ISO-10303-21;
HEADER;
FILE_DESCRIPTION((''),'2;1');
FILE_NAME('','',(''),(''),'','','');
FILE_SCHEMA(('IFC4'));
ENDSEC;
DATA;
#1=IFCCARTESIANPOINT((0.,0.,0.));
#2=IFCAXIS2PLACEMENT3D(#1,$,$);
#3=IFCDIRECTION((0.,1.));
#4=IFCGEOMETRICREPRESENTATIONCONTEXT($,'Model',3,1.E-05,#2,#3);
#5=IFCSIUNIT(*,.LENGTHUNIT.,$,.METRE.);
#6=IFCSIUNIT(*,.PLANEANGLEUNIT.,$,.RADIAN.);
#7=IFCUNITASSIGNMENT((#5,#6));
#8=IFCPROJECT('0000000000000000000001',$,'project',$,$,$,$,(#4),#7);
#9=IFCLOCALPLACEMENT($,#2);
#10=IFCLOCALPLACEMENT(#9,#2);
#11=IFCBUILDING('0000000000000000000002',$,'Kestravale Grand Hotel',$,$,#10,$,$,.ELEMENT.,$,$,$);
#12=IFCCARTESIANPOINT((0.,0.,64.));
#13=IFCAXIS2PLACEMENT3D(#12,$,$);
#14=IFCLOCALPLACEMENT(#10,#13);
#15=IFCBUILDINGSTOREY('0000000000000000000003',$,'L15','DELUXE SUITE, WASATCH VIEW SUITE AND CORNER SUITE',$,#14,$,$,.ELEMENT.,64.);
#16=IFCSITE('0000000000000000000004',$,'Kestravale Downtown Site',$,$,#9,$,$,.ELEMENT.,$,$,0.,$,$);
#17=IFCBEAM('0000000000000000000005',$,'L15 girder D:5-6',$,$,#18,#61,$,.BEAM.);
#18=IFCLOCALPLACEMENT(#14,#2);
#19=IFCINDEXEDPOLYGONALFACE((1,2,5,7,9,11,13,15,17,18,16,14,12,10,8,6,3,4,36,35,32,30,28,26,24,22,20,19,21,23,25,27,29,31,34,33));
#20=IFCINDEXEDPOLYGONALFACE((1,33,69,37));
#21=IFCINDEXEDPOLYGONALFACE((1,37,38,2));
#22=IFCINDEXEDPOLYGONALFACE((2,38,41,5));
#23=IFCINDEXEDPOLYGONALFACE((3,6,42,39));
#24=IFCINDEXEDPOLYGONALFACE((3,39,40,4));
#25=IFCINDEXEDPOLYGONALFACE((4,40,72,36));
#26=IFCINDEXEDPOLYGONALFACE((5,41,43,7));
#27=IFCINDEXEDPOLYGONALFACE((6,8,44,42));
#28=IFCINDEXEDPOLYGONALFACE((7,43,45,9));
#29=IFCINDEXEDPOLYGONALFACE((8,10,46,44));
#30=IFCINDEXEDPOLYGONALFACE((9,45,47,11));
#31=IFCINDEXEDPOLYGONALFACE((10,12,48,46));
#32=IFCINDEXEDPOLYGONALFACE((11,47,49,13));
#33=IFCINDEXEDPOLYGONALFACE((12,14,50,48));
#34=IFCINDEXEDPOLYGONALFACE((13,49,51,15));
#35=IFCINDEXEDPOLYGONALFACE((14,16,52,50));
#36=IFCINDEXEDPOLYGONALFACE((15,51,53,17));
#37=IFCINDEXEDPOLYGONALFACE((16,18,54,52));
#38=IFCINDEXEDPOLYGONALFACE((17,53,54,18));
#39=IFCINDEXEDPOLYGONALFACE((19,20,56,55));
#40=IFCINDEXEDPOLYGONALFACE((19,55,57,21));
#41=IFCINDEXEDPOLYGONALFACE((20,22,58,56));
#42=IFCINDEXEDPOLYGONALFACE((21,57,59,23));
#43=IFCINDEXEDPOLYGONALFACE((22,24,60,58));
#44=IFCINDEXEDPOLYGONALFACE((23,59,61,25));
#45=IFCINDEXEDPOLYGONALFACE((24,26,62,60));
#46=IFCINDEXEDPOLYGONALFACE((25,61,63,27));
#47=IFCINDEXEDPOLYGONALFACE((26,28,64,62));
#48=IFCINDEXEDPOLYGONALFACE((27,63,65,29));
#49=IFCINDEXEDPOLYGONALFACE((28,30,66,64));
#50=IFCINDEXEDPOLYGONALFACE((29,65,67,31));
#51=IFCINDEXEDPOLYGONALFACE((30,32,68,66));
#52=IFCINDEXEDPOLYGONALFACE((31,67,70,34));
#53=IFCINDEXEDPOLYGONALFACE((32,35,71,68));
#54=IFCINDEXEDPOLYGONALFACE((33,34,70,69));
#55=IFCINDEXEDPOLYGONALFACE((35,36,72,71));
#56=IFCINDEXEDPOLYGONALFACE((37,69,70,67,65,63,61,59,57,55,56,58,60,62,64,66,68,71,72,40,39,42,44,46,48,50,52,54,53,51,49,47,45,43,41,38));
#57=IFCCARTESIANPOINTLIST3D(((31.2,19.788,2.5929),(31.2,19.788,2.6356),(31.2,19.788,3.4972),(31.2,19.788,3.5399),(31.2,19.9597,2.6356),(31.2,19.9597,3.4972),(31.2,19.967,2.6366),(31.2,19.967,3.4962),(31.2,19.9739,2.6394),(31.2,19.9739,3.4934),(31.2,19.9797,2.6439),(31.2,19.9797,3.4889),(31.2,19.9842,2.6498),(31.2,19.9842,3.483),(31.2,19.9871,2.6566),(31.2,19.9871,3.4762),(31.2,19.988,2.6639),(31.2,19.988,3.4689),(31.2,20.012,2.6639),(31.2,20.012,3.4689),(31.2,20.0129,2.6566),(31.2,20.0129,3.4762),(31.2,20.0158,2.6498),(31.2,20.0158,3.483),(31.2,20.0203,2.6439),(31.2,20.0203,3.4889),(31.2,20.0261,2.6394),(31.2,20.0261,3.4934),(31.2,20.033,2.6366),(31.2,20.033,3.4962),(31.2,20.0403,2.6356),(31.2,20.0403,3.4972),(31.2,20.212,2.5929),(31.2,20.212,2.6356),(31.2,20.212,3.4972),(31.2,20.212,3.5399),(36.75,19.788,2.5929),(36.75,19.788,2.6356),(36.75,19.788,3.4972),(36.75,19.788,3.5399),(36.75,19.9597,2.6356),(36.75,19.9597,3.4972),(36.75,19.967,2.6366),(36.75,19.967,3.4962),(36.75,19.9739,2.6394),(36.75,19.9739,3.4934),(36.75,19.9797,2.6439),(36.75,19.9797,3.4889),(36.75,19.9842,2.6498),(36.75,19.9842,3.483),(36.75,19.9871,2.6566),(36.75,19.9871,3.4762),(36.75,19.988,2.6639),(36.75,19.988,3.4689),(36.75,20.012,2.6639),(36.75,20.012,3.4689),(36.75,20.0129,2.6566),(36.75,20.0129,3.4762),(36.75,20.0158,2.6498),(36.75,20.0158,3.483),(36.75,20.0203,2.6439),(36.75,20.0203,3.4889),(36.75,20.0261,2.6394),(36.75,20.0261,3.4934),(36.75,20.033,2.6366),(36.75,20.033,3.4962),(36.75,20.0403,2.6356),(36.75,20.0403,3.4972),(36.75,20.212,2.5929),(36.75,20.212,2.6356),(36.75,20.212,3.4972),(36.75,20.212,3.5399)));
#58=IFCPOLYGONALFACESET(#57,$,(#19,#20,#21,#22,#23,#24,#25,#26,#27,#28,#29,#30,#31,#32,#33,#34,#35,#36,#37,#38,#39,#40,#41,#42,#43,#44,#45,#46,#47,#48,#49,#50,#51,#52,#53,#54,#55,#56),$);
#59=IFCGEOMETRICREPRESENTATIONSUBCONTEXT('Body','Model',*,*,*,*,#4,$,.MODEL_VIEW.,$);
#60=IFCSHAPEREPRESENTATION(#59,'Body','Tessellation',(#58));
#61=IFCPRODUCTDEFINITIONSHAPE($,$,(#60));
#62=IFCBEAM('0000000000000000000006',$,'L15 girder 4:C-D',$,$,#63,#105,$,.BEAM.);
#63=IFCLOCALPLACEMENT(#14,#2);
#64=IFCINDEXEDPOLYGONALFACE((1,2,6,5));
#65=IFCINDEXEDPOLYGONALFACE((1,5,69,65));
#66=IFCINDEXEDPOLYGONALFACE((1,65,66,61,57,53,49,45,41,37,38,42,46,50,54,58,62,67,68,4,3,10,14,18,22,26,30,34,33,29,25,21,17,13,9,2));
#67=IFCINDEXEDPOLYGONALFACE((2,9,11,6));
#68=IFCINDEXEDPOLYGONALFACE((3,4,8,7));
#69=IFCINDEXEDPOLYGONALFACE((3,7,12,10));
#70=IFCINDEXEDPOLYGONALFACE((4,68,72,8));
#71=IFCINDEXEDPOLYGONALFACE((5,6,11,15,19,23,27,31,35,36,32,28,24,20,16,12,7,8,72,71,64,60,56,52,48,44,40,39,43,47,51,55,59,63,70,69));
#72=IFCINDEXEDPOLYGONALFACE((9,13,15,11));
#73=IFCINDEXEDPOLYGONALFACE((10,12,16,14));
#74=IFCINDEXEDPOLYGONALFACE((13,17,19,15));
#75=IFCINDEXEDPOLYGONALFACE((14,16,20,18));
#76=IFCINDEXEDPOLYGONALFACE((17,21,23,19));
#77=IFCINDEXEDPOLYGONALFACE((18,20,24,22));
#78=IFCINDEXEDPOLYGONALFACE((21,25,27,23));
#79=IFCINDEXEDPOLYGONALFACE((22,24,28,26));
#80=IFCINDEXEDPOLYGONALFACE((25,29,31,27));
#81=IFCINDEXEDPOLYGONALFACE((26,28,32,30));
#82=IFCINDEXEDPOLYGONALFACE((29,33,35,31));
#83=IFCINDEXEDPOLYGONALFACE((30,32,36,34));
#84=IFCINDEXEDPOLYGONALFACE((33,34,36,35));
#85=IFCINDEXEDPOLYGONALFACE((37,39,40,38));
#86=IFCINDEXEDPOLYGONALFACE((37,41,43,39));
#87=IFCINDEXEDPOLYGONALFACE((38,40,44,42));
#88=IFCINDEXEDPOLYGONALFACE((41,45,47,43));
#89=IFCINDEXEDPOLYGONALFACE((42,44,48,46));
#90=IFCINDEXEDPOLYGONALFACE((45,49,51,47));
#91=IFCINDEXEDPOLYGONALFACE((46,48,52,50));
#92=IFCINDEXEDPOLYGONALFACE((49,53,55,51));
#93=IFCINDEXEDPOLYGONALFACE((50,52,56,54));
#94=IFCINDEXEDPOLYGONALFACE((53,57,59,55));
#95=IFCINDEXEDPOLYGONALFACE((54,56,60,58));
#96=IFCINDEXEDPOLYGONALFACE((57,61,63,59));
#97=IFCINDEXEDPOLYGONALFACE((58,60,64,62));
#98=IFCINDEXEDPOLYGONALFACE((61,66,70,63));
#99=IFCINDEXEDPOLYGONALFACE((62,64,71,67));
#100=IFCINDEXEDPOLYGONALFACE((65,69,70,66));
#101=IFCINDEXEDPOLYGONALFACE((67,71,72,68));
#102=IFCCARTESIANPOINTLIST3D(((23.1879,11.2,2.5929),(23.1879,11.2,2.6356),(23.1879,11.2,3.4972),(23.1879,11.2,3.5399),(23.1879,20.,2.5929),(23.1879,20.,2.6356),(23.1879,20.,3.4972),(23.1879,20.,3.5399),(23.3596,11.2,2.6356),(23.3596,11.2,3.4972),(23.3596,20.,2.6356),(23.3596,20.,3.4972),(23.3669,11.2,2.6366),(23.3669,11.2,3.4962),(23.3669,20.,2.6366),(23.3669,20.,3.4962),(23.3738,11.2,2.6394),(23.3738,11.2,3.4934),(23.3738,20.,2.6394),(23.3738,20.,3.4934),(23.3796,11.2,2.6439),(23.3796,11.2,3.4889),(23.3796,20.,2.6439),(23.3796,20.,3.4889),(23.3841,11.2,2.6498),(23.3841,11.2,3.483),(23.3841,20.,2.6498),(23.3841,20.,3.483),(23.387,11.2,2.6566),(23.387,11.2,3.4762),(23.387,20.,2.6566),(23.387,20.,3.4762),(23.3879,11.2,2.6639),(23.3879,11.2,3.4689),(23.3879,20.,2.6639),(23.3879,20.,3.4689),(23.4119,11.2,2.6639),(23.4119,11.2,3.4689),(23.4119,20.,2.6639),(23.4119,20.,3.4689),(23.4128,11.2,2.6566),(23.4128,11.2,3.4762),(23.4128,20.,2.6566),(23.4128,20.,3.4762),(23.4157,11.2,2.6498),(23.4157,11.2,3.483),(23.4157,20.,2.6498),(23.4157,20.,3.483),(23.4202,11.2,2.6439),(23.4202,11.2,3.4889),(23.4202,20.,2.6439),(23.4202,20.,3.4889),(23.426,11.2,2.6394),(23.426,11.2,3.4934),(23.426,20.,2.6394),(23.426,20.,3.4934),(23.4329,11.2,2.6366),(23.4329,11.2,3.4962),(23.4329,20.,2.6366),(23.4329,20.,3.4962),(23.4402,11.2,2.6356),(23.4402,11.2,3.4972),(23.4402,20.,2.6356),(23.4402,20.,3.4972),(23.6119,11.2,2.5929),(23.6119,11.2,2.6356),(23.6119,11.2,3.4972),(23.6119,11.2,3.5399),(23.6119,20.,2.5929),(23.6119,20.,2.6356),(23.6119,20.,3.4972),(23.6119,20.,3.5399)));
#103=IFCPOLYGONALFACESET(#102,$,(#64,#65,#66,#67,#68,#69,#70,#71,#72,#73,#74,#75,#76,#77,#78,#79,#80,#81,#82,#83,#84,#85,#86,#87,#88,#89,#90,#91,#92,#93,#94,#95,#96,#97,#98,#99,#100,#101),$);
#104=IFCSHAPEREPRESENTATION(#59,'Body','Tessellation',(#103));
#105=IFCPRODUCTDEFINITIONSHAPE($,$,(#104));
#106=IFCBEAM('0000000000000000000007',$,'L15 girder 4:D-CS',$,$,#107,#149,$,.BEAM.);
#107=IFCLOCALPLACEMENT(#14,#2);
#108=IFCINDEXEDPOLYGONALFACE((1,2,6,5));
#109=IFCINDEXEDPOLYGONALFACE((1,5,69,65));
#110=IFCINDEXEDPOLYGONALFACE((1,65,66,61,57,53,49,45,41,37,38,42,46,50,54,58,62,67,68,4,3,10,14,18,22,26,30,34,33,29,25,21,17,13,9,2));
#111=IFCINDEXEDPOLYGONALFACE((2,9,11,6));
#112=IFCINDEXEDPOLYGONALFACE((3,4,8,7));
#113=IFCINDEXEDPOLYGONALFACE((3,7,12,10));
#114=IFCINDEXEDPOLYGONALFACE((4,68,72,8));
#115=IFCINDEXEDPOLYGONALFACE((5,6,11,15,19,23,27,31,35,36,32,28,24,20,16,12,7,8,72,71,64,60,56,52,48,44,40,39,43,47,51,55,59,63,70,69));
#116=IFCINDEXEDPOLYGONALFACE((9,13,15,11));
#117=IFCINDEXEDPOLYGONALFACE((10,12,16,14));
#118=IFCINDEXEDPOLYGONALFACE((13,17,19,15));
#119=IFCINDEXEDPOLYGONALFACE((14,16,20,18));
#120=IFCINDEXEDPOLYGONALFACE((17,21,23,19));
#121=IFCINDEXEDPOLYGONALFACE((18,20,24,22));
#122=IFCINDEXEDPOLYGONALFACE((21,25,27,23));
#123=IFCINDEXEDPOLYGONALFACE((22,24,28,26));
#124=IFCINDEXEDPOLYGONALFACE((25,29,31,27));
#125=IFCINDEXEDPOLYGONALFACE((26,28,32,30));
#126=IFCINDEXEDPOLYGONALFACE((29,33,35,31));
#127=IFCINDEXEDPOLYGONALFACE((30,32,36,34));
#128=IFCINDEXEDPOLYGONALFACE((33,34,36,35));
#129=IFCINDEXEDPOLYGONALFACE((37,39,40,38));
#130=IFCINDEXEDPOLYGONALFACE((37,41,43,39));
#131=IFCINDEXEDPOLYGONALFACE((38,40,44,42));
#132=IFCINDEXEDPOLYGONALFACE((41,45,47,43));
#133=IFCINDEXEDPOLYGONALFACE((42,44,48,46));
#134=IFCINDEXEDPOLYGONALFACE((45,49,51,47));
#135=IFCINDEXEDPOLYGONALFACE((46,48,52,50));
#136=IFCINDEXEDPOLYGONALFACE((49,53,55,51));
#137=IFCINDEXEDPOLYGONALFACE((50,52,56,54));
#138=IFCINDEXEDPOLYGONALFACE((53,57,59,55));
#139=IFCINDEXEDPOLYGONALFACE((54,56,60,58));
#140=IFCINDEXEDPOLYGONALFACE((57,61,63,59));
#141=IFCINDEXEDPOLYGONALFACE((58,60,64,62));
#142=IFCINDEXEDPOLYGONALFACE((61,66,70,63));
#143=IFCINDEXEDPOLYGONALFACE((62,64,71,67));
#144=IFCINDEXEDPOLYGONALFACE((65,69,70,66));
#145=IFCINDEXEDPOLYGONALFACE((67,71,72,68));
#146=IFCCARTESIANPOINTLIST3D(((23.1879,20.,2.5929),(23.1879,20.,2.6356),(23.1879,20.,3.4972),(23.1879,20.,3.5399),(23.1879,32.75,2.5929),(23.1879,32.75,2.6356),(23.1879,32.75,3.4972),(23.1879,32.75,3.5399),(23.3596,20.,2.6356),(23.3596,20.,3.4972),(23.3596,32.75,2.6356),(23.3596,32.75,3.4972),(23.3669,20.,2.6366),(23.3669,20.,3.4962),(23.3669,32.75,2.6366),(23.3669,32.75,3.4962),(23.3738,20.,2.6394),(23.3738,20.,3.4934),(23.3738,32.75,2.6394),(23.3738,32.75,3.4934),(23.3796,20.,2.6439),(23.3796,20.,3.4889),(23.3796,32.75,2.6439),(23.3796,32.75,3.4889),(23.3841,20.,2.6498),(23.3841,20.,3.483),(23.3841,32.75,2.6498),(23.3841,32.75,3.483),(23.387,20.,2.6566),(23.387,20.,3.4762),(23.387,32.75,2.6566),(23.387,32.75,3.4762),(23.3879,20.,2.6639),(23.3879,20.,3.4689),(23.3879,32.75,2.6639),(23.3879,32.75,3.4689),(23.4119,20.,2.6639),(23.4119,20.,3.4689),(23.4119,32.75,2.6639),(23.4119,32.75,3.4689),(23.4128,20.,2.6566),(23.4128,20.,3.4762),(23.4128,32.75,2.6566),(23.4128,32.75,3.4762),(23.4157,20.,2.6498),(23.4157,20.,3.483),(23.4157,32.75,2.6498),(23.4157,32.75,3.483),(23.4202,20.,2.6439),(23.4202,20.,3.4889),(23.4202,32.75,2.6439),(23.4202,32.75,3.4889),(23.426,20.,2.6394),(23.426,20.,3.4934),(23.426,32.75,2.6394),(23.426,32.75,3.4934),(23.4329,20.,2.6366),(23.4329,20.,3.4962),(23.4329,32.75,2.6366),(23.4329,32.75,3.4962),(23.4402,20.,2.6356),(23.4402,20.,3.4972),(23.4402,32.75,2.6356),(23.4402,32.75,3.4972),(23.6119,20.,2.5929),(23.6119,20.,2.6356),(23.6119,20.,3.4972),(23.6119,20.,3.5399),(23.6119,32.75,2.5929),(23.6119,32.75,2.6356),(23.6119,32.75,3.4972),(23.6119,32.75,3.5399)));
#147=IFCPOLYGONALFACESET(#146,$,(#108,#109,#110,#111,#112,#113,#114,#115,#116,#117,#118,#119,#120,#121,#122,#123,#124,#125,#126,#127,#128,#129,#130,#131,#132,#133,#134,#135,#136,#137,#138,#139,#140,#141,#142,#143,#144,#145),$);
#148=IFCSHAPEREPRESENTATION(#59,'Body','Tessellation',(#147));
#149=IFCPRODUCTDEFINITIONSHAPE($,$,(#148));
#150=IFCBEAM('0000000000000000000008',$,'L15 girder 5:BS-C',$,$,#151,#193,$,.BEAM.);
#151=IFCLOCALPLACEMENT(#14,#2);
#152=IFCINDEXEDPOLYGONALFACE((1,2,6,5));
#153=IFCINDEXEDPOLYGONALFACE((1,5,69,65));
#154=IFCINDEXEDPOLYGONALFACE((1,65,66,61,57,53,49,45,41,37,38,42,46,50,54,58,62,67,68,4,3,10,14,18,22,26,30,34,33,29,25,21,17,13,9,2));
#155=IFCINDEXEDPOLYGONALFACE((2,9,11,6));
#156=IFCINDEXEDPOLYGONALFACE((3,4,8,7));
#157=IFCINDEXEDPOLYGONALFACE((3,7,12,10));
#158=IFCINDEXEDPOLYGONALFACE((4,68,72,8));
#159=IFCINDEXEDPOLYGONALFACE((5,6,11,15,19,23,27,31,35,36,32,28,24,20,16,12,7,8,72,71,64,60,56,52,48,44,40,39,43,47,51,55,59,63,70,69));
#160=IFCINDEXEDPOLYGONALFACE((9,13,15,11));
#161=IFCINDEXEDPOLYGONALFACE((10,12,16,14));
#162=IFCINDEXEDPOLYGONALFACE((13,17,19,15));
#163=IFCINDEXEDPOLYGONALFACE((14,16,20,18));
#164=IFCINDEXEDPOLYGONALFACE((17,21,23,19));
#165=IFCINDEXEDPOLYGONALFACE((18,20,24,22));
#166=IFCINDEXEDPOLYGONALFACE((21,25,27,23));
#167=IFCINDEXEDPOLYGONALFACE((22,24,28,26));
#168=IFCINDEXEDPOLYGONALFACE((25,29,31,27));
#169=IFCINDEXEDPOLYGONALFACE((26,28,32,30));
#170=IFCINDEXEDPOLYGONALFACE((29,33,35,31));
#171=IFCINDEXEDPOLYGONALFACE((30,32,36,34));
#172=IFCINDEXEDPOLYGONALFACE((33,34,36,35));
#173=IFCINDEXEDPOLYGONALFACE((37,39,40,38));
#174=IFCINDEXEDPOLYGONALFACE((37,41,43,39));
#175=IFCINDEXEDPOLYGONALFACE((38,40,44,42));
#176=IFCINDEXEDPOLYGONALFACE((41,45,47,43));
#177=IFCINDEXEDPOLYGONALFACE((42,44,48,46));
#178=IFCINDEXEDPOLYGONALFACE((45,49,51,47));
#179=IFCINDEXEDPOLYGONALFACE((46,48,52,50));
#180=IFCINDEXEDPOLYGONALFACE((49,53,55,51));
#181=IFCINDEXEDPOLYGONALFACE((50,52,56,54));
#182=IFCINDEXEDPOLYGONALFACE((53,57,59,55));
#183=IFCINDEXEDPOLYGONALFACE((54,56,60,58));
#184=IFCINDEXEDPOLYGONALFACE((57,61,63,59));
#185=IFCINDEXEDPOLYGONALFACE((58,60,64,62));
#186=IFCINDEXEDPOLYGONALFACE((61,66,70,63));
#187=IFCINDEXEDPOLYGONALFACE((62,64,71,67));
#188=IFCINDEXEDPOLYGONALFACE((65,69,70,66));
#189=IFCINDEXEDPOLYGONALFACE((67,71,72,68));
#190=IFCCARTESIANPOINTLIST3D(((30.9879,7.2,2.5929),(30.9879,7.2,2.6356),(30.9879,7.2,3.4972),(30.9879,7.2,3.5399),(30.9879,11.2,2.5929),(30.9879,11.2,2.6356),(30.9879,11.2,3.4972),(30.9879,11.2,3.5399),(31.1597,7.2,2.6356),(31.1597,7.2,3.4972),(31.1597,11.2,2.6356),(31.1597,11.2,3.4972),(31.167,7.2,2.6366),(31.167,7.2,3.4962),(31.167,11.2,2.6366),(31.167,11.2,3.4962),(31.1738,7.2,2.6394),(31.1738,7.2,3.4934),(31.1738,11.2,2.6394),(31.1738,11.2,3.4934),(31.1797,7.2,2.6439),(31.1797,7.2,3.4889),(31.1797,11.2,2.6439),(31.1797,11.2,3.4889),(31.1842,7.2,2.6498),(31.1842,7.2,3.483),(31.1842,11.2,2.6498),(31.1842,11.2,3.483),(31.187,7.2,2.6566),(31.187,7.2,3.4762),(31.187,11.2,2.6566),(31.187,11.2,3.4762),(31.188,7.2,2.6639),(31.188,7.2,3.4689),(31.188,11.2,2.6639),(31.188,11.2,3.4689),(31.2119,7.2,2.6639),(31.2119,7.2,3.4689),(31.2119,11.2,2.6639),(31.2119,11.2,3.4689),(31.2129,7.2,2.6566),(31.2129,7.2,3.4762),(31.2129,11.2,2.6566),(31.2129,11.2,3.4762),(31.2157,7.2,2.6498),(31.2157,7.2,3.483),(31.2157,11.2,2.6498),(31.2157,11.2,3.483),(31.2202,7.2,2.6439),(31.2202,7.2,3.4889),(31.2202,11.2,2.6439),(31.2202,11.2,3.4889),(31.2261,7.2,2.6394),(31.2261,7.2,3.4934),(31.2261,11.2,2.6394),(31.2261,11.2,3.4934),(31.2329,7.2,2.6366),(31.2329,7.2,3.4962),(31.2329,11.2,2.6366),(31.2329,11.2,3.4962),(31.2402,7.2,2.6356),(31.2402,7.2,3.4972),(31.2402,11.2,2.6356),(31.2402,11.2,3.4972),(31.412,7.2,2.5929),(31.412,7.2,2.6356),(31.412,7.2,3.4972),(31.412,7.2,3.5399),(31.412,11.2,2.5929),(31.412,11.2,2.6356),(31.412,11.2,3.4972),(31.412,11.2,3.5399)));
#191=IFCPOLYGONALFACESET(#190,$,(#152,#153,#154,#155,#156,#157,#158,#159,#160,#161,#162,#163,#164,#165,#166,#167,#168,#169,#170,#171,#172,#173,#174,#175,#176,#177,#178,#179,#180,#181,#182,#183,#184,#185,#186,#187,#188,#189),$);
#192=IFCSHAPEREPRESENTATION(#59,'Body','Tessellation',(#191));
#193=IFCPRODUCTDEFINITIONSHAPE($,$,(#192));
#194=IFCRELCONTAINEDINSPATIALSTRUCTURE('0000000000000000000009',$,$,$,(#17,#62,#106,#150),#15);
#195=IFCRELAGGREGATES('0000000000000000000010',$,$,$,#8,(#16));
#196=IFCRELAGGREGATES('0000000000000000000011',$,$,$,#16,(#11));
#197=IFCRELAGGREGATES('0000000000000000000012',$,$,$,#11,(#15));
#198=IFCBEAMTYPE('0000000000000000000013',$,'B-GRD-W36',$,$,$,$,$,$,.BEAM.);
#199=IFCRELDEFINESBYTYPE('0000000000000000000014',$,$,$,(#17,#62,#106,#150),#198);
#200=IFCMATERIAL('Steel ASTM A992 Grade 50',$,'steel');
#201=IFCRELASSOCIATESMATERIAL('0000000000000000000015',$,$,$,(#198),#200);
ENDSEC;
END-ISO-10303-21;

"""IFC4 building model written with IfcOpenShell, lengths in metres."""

from ifc_helpers import new_model, si_unit, direction, frame, origin, origin_2d, place, context, subcontext, project, spatial, i_section, extrude, material, material_profile, profile_set, type_object, element, save


model = new_model("IFC4")

# Units and contexts
model_context = context("Model", 3, precision=1e-05, world=origin(), true_north=direction((0.0, 1.0)))
body_context = subcontext(model_context, "Body", "Model", "MODEL_VIEW")
ifc_project = project(units=[si_unit("LENGTHUNIT", "METRE"), si_unit("PLANEANGLEUNIT", "RADIAN")], contexts=[model_context])

# Site, building, storey
site_placement = place(None, origin())
site = spatial("IfcSite", under=ifc_project, at=site_placement, Name="Kestravale Downtown Site", CompositionType="ELEMENT", RefElevation=0.0)
building_placement = place(site_placement, origin())
building = spatial("IfcBuilding", under=site, at=building_placement, Name="Kestravale Grand Hotel", CompositionType="ELEMENT")
storey_placement = place(building_placement, frame((0.0, 0.0, 64.0)))
storey = spatial("IfcBuildingStorey", under=building, at=storey_placement, Name="L15", Description="DELUXE SUITE, WASATCH VIEW SUITE AND CORNER SUITE", CompositionType="ELEMENT", Elevation=64.0)

# Beams
ifc_material_1 = material(Name="Steel ASTM A992 Grade 50", Category="steel")
ifc_material_profile_1 = material_profile(ifc_material_1, i_section(OverallWidth=0.4241, OverallDepth=0.947, WebThickness=0.0239, FlangeThickness=0.0427, FilletRadius=0.0283, at=origin_2d()))
ifc_profile_set_1 = profile_set([ifc_material_profile_1], Name="Steel ASTM A992 Grade 50")
beam_type_1 = type_object("IfcBeamType", Name="B-GRD-W36", PredefinedType="BEAM", material=ifc_profile_set_1)
beam_1_placement = place(storey_placement, frame((31.2, 20.0, 3.0664), z_axis=(1.0, 0.0, 0.0), x_axis=(0.0, 1.0, 0.0)))
element("IfcBeam", 1, at=beam_1_placement, inside=storey, type_object=beam_type_1, Name="L15 girder D:5-6", PredefinedType="BEAM", context=body_context, shape_type="SweptSolid", body=[
    extrude(i_section(OverallWidth=0.4241, OverallDepth=0.947, WebThickness=0.0239, FlangeThickness=0.0427, FilletRadius=0.0283, at=origin_2d()), origin(), (0.0, 0.0, 1.0), 5.55),
])
beam_2_placement = place(storey_placement, frame((23.3999, 11.2, 3.0664), z_axis=(0.0, 1.0, 0.0), x_axis=(-1.0, 0.0, 0.0)))
element("IfcBeam", 2, at=beam_2_placement, inside=storey, type_object=beam_type_1, Name="L15 girder 4:C-D", PredefinedType="BEAM", context=body_context, shape_type="SweptSolid", body=[
    extrude(i_section(OverallWidth=0.4241, OverallDepth=0.947, WebThickness=0.0239, FlangeThickness=0.0427, FilletRadius=0.0283, at=origin_2d()), origin(), (0.0, 0.0, 1.0), 8.8),
])
beam_3_placement = place(storey_placement, frame((23.3999, 20.0, 3.0664), z_axis=(0.0, 1.0, 0.0), x_axis=(-1.0, 0.0, 0.0)))
element("IfcBeam", 3, at=beam_3_placement, inside=storey, type_object=beam_type_1, Name="L15 girder 4:D-CS", PredefinedType="BEAM", context=body_context, shape_type="SweptSolid", body=[
    extrude(i_section(OverallWidth=0.4241, OverallDepth=0.947, WebThickness=0.0239, FlangeThickness=0.0427, FilletRadius=0.0283, at=origin_2d()), origin(), (0.0, 0.0, 1.0), 12.75),
])
beam_4_placement = place(storey_placement, frame((31.2, 7.2, 3.0664), z_axis=(0.0, 1.0, 0.0), x_axis=(-1.0, 0.0, 0.0)))
element("IfcBeam", 4, at=beam_4_placement, inside=storey, type_object=beam_type_1, Name="L15 girder 5:BS-C", PredefinedType="BEAM", context=body_context, shape_type="SweptSolid", body=[
    extrude(i_section(OverallWidth=0.4241, OverallDepth=0.947, WebThickness=0.0239, FlangeThickness=0.0427, FilletRadius=0.0283, at=origin_2d()), origin(), (0.0, 0.0, 1.0), 4.0),
])

save(model, "model.ifc")
